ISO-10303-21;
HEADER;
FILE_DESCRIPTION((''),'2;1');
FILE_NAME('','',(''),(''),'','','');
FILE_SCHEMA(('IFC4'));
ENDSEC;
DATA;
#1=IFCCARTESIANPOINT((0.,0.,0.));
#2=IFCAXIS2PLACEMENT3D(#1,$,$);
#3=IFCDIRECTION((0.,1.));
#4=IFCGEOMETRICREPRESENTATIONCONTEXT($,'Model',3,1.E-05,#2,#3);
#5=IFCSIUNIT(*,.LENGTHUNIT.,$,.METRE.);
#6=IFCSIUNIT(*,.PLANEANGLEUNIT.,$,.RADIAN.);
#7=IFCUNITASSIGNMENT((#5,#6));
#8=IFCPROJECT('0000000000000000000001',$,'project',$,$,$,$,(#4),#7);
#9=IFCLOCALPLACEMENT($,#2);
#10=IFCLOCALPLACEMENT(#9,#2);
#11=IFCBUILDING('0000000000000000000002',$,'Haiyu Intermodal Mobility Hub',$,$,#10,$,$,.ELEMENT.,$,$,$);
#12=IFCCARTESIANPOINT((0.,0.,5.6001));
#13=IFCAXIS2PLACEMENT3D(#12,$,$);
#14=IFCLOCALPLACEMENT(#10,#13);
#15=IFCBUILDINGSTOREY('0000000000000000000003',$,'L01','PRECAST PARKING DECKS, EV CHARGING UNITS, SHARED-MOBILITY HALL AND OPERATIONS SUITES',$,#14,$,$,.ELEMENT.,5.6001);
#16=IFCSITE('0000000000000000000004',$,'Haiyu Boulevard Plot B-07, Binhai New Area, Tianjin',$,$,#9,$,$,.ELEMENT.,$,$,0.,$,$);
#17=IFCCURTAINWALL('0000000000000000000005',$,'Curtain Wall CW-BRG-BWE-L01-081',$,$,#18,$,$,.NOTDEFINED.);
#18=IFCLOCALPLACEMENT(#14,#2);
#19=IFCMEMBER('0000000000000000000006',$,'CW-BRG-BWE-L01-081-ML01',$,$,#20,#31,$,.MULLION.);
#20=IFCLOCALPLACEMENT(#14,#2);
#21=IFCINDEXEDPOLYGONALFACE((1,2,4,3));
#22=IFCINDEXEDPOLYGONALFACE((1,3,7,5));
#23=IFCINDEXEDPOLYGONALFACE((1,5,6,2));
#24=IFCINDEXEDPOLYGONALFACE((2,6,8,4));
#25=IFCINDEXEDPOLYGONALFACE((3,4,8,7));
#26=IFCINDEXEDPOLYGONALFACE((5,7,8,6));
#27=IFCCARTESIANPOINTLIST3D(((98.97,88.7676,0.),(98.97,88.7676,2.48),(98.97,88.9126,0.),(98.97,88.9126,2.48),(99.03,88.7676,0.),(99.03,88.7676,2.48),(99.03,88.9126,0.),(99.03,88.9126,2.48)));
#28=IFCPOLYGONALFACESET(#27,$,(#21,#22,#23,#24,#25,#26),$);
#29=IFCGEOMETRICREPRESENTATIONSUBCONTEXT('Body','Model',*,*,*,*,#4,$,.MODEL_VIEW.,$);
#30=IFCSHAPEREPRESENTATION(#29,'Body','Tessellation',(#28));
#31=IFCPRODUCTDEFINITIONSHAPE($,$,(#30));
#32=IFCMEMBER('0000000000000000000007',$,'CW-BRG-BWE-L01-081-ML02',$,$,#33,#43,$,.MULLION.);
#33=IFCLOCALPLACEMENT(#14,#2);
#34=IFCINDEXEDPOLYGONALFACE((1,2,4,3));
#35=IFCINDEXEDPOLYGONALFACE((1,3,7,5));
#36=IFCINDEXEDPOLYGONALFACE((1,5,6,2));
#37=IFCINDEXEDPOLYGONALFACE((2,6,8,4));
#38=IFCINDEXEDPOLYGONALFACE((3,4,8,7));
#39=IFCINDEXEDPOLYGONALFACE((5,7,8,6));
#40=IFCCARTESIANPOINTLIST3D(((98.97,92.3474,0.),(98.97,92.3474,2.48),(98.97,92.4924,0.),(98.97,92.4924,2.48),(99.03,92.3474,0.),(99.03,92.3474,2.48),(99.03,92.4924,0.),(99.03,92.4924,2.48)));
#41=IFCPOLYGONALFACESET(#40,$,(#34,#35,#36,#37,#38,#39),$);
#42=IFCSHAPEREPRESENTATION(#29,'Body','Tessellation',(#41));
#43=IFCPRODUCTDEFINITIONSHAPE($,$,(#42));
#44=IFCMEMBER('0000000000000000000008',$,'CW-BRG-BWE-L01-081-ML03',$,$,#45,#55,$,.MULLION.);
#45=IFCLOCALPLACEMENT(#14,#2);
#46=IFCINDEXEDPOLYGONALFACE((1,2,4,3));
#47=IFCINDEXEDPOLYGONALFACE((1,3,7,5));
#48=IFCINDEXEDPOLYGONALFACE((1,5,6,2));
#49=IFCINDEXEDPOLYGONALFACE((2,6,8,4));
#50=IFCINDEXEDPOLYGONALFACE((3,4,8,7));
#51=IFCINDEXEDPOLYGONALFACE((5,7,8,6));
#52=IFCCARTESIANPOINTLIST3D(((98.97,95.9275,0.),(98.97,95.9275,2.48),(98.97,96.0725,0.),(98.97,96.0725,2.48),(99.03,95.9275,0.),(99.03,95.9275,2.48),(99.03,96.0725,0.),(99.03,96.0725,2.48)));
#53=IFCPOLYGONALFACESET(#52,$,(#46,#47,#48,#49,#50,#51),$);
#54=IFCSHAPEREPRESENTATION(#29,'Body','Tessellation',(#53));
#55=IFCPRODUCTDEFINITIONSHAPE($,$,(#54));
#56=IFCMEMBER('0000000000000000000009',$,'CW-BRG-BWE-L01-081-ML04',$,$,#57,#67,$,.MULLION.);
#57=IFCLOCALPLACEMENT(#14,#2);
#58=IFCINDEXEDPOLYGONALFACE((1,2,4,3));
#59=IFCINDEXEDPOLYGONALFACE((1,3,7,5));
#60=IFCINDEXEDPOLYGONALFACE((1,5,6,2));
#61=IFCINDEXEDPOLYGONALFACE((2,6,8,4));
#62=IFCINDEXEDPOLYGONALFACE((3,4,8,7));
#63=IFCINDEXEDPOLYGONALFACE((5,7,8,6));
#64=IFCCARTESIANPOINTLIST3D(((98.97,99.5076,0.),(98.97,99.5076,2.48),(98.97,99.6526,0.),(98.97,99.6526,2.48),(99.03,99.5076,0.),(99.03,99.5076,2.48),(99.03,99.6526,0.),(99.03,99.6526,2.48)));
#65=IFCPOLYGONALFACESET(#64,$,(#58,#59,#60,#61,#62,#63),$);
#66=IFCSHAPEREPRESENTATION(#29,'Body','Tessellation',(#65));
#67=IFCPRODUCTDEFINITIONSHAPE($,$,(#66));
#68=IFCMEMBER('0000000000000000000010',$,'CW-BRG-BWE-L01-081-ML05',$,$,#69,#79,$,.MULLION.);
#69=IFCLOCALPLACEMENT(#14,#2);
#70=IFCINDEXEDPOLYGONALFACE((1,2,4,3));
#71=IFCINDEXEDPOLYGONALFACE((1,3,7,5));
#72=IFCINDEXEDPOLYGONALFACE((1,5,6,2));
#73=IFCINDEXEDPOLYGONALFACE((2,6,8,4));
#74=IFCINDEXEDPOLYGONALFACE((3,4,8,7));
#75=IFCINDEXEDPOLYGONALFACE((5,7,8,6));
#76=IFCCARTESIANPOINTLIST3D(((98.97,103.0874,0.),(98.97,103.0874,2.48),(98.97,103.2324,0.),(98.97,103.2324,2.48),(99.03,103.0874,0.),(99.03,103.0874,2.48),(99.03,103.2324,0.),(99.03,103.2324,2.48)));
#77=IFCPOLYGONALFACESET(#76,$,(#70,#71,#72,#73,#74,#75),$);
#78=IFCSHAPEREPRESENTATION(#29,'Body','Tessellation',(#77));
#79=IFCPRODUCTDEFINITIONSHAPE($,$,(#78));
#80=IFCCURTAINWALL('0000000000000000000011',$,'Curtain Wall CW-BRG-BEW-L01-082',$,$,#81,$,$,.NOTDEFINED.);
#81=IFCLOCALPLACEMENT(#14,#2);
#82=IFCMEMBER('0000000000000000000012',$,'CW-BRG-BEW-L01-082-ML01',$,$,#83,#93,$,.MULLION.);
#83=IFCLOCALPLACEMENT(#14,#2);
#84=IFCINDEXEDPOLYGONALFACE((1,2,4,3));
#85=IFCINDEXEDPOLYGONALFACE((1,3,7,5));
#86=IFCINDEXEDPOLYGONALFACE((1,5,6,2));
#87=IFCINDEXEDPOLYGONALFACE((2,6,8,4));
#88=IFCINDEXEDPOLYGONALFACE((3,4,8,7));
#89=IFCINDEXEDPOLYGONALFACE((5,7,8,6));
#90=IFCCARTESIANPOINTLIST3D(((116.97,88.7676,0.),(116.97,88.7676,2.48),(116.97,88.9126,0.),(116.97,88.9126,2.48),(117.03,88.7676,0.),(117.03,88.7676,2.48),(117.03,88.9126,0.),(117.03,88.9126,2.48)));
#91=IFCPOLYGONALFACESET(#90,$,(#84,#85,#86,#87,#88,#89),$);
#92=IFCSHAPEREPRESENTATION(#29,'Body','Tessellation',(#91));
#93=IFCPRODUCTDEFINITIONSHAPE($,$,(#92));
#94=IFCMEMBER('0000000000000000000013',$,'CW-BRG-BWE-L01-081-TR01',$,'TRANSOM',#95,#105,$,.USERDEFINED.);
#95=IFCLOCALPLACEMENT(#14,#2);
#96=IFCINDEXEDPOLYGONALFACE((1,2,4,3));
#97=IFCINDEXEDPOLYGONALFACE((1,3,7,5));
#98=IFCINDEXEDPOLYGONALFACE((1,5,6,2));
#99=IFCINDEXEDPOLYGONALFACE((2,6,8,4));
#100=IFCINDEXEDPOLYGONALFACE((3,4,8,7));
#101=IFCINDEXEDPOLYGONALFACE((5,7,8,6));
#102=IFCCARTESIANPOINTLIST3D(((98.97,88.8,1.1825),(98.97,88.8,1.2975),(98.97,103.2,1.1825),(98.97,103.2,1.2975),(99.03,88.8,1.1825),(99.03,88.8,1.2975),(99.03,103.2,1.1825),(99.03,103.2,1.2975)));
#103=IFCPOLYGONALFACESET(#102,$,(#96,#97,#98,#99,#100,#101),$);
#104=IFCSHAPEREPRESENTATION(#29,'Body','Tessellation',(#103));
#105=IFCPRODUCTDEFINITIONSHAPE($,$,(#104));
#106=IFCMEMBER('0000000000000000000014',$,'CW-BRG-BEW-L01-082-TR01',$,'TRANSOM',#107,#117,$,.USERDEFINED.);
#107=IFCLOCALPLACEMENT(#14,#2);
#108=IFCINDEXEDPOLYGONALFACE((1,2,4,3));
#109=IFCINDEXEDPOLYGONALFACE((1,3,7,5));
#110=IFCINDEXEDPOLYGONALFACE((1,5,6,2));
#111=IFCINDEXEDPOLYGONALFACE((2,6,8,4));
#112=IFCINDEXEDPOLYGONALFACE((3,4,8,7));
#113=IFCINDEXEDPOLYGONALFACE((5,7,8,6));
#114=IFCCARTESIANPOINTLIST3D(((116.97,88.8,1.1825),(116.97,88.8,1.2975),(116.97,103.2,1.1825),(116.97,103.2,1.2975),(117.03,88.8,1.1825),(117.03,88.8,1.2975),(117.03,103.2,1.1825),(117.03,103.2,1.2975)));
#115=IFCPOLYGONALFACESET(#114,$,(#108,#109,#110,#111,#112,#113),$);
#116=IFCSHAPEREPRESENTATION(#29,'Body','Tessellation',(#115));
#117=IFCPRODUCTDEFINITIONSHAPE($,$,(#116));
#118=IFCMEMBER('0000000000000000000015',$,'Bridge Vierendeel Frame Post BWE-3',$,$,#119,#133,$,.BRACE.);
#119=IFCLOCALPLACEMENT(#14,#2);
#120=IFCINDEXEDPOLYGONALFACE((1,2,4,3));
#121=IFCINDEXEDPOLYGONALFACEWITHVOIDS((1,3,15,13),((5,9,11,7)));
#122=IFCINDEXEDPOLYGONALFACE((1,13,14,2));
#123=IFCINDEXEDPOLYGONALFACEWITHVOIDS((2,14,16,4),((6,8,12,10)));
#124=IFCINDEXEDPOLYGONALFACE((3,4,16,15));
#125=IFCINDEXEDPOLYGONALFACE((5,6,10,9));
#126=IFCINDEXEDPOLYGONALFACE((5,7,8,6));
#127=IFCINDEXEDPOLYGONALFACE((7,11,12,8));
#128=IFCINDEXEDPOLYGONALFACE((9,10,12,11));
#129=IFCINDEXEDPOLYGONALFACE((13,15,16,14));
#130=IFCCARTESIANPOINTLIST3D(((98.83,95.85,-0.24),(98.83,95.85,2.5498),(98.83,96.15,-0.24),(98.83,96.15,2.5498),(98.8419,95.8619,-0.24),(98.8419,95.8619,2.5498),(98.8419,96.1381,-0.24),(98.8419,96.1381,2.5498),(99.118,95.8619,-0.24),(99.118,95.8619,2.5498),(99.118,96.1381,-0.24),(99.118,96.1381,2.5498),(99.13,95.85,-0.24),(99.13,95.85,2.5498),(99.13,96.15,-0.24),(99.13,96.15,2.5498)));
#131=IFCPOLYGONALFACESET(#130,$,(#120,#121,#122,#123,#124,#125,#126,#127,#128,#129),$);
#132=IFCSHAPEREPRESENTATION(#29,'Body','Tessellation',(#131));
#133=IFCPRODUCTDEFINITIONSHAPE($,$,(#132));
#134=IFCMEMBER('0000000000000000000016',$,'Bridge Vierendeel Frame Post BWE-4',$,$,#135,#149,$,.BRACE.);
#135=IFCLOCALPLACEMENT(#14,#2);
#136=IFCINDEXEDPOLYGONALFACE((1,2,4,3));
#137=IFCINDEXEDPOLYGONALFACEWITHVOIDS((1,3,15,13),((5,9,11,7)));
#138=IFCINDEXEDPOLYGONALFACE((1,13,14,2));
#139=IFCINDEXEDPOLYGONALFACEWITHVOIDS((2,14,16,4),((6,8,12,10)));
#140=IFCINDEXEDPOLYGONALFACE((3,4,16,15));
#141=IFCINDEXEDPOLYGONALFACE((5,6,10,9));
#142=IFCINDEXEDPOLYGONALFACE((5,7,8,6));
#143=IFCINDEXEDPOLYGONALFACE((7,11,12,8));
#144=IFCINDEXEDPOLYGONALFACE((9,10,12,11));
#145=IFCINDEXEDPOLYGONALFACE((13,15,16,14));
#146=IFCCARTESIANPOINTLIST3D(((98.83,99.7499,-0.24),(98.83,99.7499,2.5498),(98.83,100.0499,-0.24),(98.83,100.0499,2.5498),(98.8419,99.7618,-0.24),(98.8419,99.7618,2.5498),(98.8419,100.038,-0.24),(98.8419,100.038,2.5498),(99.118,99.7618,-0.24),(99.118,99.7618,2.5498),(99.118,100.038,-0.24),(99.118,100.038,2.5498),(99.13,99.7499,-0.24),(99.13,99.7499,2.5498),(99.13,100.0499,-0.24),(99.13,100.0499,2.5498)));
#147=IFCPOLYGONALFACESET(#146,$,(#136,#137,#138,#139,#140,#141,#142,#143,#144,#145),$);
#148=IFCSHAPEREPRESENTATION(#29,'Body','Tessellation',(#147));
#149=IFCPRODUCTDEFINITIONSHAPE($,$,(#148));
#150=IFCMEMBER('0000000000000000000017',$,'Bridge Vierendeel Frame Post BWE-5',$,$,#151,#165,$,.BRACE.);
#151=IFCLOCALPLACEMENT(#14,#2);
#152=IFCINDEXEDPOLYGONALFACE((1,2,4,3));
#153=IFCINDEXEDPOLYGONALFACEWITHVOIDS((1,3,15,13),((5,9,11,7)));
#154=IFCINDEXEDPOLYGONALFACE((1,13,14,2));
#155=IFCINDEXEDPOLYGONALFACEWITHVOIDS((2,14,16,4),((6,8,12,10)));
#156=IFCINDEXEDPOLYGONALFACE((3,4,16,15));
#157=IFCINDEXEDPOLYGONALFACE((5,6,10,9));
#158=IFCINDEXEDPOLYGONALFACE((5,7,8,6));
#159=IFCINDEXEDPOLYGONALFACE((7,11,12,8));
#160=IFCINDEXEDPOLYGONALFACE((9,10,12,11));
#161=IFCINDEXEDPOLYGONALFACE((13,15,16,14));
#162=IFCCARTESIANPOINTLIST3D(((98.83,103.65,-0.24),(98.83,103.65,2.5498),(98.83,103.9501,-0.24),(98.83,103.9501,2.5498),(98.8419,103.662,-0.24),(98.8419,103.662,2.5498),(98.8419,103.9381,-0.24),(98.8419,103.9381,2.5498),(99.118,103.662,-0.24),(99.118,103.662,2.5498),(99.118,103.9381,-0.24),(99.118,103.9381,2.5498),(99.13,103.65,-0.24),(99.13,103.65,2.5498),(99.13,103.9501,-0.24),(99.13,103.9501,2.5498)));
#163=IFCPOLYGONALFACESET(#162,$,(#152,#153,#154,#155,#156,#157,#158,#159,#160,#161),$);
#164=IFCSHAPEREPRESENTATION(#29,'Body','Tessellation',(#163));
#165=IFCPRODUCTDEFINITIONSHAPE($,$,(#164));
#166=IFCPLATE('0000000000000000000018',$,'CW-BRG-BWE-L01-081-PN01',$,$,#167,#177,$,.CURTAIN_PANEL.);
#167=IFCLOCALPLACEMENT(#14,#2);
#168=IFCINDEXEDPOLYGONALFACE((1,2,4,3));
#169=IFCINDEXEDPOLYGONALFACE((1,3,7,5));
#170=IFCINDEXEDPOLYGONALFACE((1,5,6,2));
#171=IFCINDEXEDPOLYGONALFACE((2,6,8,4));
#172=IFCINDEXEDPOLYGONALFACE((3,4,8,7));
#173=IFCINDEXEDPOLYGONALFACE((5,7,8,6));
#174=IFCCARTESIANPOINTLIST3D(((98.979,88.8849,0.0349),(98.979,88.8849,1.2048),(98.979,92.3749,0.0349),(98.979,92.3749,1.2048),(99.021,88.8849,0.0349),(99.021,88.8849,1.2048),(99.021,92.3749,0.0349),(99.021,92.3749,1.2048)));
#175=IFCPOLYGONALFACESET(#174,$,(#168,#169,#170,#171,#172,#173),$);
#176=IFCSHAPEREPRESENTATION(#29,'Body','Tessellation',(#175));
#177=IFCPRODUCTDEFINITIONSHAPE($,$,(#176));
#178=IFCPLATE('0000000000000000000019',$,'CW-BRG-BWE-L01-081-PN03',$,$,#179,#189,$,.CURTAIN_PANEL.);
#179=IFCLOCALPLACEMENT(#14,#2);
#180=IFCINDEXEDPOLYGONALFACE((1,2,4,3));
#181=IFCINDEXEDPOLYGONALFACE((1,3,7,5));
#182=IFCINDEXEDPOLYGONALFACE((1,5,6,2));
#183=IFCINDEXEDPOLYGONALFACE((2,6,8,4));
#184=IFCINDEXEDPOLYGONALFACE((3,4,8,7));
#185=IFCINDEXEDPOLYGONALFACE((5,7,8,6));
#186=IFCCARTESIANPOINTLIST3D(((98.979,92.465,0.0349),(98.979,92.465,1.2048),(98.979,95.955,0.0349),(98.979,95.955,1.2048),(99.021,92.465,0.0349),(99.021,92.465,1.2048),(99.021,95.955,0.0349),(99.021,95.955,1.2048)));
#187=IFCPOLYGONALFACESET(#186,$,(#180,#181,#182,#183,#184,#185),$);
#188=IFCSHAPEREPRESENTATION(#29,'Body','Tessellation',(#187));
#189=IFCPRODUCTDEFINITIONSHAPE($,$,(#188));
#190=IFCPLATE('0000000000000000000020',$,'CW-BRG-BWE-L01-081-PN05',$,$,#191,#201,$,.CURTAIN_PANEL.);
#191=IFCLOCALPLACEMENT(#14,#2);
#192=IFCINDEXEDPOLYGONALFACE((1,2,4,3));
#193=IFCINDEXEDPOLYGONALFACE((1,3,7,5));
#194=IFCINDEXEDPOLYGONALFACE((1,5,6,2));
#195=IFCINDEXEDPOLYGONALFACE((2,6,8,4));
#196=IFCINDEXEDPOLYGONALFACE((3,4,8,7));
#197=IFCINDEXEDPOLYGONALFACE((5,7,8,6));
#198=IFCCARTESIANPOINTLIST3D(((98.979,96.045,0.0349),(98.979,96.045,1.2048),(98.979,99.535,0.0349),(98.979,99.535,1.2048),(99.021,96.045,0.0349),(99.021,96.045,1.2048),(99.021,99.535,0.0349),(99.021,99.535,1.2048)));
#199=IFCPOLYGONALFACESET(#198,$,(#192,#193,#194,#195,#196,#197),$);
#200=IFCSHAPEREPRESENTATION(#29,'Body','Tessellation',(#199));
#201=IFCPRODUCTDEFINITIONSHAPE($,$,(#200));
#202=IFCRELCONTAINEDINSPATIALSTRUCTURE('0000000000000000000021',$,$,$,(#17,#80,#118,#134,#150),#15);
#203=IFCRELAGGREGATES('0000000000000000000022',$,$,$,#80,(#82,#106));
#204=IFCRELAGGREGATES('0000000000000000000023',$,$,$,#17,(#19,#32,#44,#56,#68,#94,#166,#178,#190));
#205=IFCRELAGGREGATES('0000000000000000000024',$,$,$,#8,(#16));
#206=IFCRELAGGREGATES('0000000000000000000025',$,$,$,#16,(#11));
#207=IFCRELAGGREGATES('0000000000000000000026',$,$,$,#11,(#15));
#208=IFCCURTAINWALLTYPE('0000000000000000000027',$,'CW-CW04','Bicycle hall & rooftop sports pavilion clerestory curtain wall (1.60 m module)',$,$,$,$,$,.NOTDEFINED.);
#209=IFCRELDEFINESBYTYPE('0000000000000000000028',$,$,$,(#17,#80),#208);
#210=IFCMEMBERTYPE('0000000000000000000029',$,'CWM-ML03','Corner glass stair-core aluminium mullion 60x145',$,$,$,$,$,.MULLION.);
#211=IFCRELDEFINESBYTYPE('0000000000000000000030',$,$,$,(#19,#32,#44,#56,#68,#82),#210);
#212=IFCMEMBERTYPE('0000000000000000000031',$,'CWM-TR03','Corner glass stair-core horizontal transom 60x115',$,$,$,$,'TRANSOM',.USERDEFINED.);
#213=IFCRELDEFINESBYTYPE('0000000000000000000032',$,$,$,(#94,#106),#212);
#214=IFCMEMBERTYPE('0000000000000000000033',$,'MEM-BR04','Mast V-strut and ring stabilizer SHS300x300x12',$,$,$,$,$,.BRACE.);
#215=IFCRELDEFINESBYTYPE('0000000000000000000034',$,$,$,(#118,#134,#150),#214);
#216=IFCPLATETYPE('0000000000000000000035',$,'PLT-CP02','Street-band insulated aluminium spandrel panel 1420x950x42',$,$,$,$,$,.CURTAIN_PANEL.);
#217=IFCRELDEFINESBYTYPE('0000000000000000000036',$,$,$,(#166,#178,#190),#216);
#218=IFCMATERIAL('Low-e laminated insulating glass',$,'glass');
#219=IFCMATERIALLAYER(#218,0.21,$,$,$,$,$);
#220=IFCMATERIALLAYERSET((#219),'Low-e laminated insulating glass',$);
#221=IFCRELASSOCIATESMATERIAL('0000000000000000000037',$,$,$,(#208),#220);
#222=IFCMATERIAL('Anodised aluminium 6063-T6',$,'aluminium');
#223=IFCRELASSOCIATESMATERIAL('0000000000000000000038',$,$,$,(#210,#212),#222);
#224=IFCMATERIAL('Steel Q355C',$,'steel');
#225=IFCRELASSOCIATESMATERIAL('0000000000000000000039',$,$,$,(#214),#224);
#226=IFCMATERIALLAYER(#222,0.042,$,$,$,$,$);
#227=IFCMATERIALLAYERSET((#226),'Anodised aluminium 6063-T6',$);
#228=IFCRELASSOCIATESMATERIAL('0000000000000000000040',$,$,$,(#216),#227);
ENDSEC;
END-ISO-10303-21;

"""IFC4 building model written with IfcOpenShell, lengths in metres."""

from ifc_helpers import new_model, si_unit, direction, frame, origin, origin_2d, place, context, subcontext, project, spatial, rectangle, hollow_rectangle, extrude, material, layer, layer_set, material_profile, profile_set, type_object, element, aggregate, save


model = new_model("IFC4")

# Units and contexts
model_context = context("Model", 3, precision=1e-05, world=origin(), true_north=direction((0.0, 1.0)))
body_context = subcontext(model_context, "Body", "Model", "MODEL_VIEW")
ifc_project = project(units=[si_unit("LENGTHUNIT", "METRE"), si_unit("PLANEANGLEUNIT", "RADIAN")], contexts=[model_context])

# Site, building, storey
site_placement = place(None, origin())
site = spatial("IfcSite", under=ifc_project, at=site_placement, Name="Haiyu Boulevard Plot B-07, Binhai New Area, Tianjin", CompositionType="ELEMENT", RefElevation=0.0)
building_placement = place(site_placement, origin())
building = spatial("IfcBuilding", under=site, at=building_placement, Name="Haiyu Intermodal Mobility Hub", CompositionType="ELEMENT")
storey_placement = place(building_placement, frame((0.0, 0.0, 5.6001)))
storey = spatial("IfcBuildingStorey", under=building, at=storey_placement, Name="L01", Description="PRECAST PARKING DECKS, EV CHARGING UNITS, SHARED-MOBILITY HALL AND OPERATIONS SUITES", CompositionType="ELEMENT", Elevation=5.6001)

# Shared definitions
ifc_material_1 = material(Name="Steel Q355C", Category="steel")

# Curtain wall, members
ifc_material_2 = material(Name="Low-e laminated insulating glass", Category="glass")
ifc_layer_1 = layer(ifc_material_2, 0.21)
ifc_layer_set_1 = layer_set([ifc_layer_1], Name="Low-e laminated insulating glass")
curtain_wall_type = type_object("IfcCurtainWallType", Name="CW-CW04", Description="Bicycle hall & rooftop sports pavilion clerestory curtain wall (1.60 m module)", PredefinedType="NOTDEFINED", material=ifc_layer_set_1)
curtain_wall_1_placement = place(storey_placement, origin())
curtain_wall_1 = element("IfcCurtainWall", 1, at=curtain_wall_1_placement, inside=storey, type_object=curtain_wall_type, Name="Curtain Wall CW-BRG-BWE-L01-081", PredefinedType="NOTDEFINED")
ifc_material_3 = material(Name="Anodised aluminium 6063-T6", Category="aluminium")
ifc_material_profile_1 = material_profile(ifc_material_3, rectangle(XDim=0.0601, YDim=0.145, at=origin_2d()), Name="ALU60x145")
ifc_profile_set_1 = profile_set([ifc_material_profile_1], Name="Anodised aluminium 6063-T6")
member_type_1 = type_object("IfcMemberType", Name="CWM-ML03", Description="Corner glass stair-core aluminium mullion 60x145", PredefinedType="MULLION", material=ifc_profile_set_1)
member_1_placement = place(storey_placement, frame((99.0, 88.8401, 0.0), z_axis=(0.0, 0.0, 1.0), x_axis=(1.0, 0.0, 0.0)))
member_1 = element("IfcMember", 2, at=member_1_placement, type_object=member_type_1, Name="CW-BRG-BWE-L01-081-ML01", PredefinedType="MULLION", context=body_context, shape_type="SweptSolid", body=[
    extrude(rectangle(XDim=0.0601, YDim=0.145, at=origin_2d()), origin(), (0.0, 0.0, 1.0), 2.48),
])
member_2_placement = place(storey_placement, frame((99.0, 92.4199, 0.0), z_axis=(0.0, 0.0, 1.0), x_axis=(1.0, 0.0, 0.0)))
member_2 = element("IfcMember", 3, at=member_2_placement, type_object=member_type_1, Name="CW-BRG-BWE-L01-081-ML02", PredefinedType="MULLION", context=body_context, shape_type="SweptSolid", body=[
    extrude(rectangle(XDim=0.0601, YDim=0.145, at=origin_2d()), origin(), (0.0, 0.0, 1.0), 2.48),
])
member_3_placement = place(storey_placement, frame((99.0, 96.0, 0.0), z_axis=(0.0, 0.0, 1.0), x_axis=(1.0, 0.0, 0.0)))
member_3 = element("IfcMember", 4, at=member_3_placement, type_object=member_type_1, Name="CW-BRG-BWE-L01-081-ML03", PredefinedType="MULLION", context=body_context, shape_type="SweptSolid", body=[
    extrude(rectangle(XDim=0.0601, YDim=0.145, at=origin_2d()), origin(), (0.0, 0.0, 1.0), 2.48),
])
member_4_placement = place(storey_placement, frame((99.0, 99.5801, 0.0), z_axis=(0.0, 0.0, 1.0), x_axis=(1.0, 0.0, 0.0)))
member_4 = element("IfcMember", 5, at=member_4_placement, type_object=member_type_1, Name="CW-BRG-BWE-L01-081-ML04", PredefinedType="MULLION", context=body_context, shape_type="SweptSolid", body=[
    extrude(rectangle(XDim=0.0601, YDim=0.145, at=origin_2d()), origin(), (0.0, 0.0, 1.0), 2.48),
])
member_5_placement = place(storey_placement, frame((99.0, 103.1599, 0.0), z_axis=(0.0, 0.0, 1.0), x_axis=(1.0, 0.0, 0.0)))
member_5 = element("IfcMember", 6, at=member_5_placement, type_object=member_type_1, Name="CW-BRG-BWE-L01-081-ML05", PredefinedType="MULLION", context=body_context, shape_type="SweptSolid", body=[
    extrude(rectangle(XDim=0.0601, YDim=0.145, at=origin_2d()), origin(), (0.0, 0.0, 1.0), 2.48),
])

# Curtain wall, member
curtain_wall_2_placement = place(storey_placement, origin())
curtain_wall_2 = element("IfcCurtainWall", 7, at=curtain_wall_2_placement, inside=storey, type_object=curtain_wall_type, Name="Curtain Wall CW-BRG-BEW-L01-082", PredefinedType="NOTDEFINED")
member_6_placement = place(storey_placement, frame((117.0, 88.8401, 0.0), z_axis=(0.0, 0.0, 1.0), x_axis=(1.0, 0.0, 0.0)))
member_6 = element("IfcMember", 8, at=member_6_placement, type_object=member_type_1, Name="CW-BRG-BEW-L01-082-ML01", PredefinedType="MULLION", context=body_context, shape_type="SweptSolid", body=[
    extrude(rectangle(XDim=0.0601, YDim=0.145, at=origin_2d()), origin(), (0.0, 0.0, 1.0), 2.48),
])

# Members
ifc_material_profile_2 = material_profile(ifc_material_3, rectangle(XDim=0.0601, YDim=0.115, at=origin_2d()), Name="ALU60x115")
ifc_profile_set_2 = profile_set([ifc_material_profile_2], Name="Anodised aluminium 6063-T6")
member_type_2 = type_object("IfcMemberType", Name="CWM-TR03", Description="Corner glass stair-core horizontal transom 60x115", ElementType="TRANSOM", PredefinedType="USERDEFINED", material=ifc_profile_set_2)
member_7_placement = place(storey_placement, frame((99.0, 88.8, 1.24), z_axis=(0.0, 1.0, 0.0), x_axis=(-1.0, 0.0, 0.0)))
member_7 = element("IfcMember", 9, at=member_7_placement, type_object=member_type_2, Name="CW-BRG-BWE-L01-081-TR01", ObjectType="TRANSOM", PredefinedType="USERDEFINED", context=body_context, shape_type="SweptSolid", body=[
    extrude(rectangle(XDim=0.0601, YDim=0.115, at=origin_2d()), origin(), (0.0, 0.0, 1.0), 14.3999),
])
member_8_placement = place(storey_placement, frame((117.0, 88.8, 1.24), z_axis=(0.0, 1.0, 0.0), x_axis=(-1.0, 0.0, 0.0)))
member_8 = element("IfcMember", 10, at=member_8_placement, type_object=member_type_2, Name="CW-BRG-BEW-L01-082-TR01", ObjectType="TRANSOM", PredefinedType="USERDEFINED", context=body_context, shape_type="SweptSolid", body=[
    extrude(rectangle(XDim=0.0601, YDim=0.115, at=origin_2d()), origin(), (0.0, 0.0, 1.0), 14.3999),
])

# Members
ifc_material_profile_3 = material_profile(ifc_material_1, hollow_rectangle(XDim=0.3, YDim=0.3, WallThickness=0.012, at=origin_2d()), Name="SHS300x300x12")
ifc_profile_set_3 = profile_set([ifc_material_profile_3], Name="Steel Q355C")
member_type_3 = type_object("IfcMemberType", Name="MEM-BR04", Description="Mast V-strut and ring stabilizer SHS300x300x12", PredefinedType="BRACE", material=ifc_profile_set_3)
for number, where, z_axis, x_axis, name in (
    (11, (98.98, 96.0, -0.24), (0.0, 0.0, 1.0), (1.0, 0.0, 0.0), "Bridge Vierendeel Frame Post BWE-3"),
    (12, (98.98, 99.8999, -0.24), (0.0, 0.0, 1.0), (1.0, 0.0, 0.0), "Bridge Vierendeel Frame Post BWE-4"),
    (13, (98.98, 103.8, -0.24), (0.0, 0.0, 1.0), (1.0, 0.0, 0.0), "Bridge Vierendeel Frame Post BWE-5"),
):
    element("IfcMember", number, at=place(storey_placement, frame(where, z_axis=z_axis, x_axis=x_axis)), inside=storey, type_object=member_type_3, Name=name, PredefinedType="BRACE", context=body_context, shape_type="SweptSolid", body=[
        extrude(hollow_rectangle(XDim=0.3, YDim=0.3, WallThickness=0.012, at=origin_2d()), origin(), (0.0, 0.0, 1.0), 2.7898),
    ])

# Plates
ifc_layer_2 = layer(ifc_material_3, 0.042)
ifc_layer_set_2 = layer_set([ifc_layer_2], Name="Anodised aluminium 6063-T6")
plate_type_1 = type_object("IfcPlateType", Name="PLT-CP02", Description="Street-band insulated aluminium spandrel panel 1420x950x42", PredefinedType="CURTAIN_PANEL", material=ifc_layer_set_2)
plate_1_placement = place(storey_placement, frame((99.0, 90.6299, 0.0349), z_axis=(0.0, 0.0, 1.0), x_axis=(0.0, 1.0, 0.0)))
plate_1 = element("IfcPlate", 14, at=plate_1_placement, type_object=plate_type_1, Name="CW-BRG-BWE-L01-081-PN01", PredefinedType="CURTAIN_PANEL", context=body_context, shape_type="SweptSolid", body=[
    extrude(rectangle(XDim=3.49, YDim=0.042, at=origin_2d()), origin(), (0.0, 0.0, 1.0), 1.1699),
])
plate_2_placement = place(storey_placement, frame((99.0, 94.21, 0.0349), z_axis=(0.0, 0.0, 1.0), x_axis=(0.0, 1.0, 0.0)))
plate_2 = element("IfcPlate", 15, at=plate_2_placement, type_object=plate_type_1, Name="CW-BRG-BWE-L01-081-PN03", PredefinedType="CURTAIN_PANEL", context=body_context, shape_type="SweptSolid", body=[
    extrude(rectangle(XDim=3.49, YDim=0.042, at=origin_2d()), origin(), (0.0, 0.0, 1.0), 1.1699),
])
plate_3_placement = place(storey_placement, frame((99.0, 97.79, 0.0349), z_axis=(0.0, 0.0, 1.0), x_axis=(0.0, 1.0, 0.0)))
plate_3 = element("IfcPlate", 16, at=plate_3_placement, type_object=plate_type_1, Name="CW-BRG-BWE-L01-081-PN05", PredefinedType="CURTAIN_PANEL", context=body_context, shape_type="SweptSolid", body=[
    extrude(rectangle(XDim=3.49, YDim=0.042, at=origin_2d()), origin(), (0.0, 0.0, 1.0), 1.1699),
])
aggregate(curtain_wall_2, [member_6, member_8])
aggregate(curtain_wall_1, [member_1, member_2, member_3, member_4, member_5, member_7, plate_1, plate_2, plate_3])

save(model, "model.ifc")
